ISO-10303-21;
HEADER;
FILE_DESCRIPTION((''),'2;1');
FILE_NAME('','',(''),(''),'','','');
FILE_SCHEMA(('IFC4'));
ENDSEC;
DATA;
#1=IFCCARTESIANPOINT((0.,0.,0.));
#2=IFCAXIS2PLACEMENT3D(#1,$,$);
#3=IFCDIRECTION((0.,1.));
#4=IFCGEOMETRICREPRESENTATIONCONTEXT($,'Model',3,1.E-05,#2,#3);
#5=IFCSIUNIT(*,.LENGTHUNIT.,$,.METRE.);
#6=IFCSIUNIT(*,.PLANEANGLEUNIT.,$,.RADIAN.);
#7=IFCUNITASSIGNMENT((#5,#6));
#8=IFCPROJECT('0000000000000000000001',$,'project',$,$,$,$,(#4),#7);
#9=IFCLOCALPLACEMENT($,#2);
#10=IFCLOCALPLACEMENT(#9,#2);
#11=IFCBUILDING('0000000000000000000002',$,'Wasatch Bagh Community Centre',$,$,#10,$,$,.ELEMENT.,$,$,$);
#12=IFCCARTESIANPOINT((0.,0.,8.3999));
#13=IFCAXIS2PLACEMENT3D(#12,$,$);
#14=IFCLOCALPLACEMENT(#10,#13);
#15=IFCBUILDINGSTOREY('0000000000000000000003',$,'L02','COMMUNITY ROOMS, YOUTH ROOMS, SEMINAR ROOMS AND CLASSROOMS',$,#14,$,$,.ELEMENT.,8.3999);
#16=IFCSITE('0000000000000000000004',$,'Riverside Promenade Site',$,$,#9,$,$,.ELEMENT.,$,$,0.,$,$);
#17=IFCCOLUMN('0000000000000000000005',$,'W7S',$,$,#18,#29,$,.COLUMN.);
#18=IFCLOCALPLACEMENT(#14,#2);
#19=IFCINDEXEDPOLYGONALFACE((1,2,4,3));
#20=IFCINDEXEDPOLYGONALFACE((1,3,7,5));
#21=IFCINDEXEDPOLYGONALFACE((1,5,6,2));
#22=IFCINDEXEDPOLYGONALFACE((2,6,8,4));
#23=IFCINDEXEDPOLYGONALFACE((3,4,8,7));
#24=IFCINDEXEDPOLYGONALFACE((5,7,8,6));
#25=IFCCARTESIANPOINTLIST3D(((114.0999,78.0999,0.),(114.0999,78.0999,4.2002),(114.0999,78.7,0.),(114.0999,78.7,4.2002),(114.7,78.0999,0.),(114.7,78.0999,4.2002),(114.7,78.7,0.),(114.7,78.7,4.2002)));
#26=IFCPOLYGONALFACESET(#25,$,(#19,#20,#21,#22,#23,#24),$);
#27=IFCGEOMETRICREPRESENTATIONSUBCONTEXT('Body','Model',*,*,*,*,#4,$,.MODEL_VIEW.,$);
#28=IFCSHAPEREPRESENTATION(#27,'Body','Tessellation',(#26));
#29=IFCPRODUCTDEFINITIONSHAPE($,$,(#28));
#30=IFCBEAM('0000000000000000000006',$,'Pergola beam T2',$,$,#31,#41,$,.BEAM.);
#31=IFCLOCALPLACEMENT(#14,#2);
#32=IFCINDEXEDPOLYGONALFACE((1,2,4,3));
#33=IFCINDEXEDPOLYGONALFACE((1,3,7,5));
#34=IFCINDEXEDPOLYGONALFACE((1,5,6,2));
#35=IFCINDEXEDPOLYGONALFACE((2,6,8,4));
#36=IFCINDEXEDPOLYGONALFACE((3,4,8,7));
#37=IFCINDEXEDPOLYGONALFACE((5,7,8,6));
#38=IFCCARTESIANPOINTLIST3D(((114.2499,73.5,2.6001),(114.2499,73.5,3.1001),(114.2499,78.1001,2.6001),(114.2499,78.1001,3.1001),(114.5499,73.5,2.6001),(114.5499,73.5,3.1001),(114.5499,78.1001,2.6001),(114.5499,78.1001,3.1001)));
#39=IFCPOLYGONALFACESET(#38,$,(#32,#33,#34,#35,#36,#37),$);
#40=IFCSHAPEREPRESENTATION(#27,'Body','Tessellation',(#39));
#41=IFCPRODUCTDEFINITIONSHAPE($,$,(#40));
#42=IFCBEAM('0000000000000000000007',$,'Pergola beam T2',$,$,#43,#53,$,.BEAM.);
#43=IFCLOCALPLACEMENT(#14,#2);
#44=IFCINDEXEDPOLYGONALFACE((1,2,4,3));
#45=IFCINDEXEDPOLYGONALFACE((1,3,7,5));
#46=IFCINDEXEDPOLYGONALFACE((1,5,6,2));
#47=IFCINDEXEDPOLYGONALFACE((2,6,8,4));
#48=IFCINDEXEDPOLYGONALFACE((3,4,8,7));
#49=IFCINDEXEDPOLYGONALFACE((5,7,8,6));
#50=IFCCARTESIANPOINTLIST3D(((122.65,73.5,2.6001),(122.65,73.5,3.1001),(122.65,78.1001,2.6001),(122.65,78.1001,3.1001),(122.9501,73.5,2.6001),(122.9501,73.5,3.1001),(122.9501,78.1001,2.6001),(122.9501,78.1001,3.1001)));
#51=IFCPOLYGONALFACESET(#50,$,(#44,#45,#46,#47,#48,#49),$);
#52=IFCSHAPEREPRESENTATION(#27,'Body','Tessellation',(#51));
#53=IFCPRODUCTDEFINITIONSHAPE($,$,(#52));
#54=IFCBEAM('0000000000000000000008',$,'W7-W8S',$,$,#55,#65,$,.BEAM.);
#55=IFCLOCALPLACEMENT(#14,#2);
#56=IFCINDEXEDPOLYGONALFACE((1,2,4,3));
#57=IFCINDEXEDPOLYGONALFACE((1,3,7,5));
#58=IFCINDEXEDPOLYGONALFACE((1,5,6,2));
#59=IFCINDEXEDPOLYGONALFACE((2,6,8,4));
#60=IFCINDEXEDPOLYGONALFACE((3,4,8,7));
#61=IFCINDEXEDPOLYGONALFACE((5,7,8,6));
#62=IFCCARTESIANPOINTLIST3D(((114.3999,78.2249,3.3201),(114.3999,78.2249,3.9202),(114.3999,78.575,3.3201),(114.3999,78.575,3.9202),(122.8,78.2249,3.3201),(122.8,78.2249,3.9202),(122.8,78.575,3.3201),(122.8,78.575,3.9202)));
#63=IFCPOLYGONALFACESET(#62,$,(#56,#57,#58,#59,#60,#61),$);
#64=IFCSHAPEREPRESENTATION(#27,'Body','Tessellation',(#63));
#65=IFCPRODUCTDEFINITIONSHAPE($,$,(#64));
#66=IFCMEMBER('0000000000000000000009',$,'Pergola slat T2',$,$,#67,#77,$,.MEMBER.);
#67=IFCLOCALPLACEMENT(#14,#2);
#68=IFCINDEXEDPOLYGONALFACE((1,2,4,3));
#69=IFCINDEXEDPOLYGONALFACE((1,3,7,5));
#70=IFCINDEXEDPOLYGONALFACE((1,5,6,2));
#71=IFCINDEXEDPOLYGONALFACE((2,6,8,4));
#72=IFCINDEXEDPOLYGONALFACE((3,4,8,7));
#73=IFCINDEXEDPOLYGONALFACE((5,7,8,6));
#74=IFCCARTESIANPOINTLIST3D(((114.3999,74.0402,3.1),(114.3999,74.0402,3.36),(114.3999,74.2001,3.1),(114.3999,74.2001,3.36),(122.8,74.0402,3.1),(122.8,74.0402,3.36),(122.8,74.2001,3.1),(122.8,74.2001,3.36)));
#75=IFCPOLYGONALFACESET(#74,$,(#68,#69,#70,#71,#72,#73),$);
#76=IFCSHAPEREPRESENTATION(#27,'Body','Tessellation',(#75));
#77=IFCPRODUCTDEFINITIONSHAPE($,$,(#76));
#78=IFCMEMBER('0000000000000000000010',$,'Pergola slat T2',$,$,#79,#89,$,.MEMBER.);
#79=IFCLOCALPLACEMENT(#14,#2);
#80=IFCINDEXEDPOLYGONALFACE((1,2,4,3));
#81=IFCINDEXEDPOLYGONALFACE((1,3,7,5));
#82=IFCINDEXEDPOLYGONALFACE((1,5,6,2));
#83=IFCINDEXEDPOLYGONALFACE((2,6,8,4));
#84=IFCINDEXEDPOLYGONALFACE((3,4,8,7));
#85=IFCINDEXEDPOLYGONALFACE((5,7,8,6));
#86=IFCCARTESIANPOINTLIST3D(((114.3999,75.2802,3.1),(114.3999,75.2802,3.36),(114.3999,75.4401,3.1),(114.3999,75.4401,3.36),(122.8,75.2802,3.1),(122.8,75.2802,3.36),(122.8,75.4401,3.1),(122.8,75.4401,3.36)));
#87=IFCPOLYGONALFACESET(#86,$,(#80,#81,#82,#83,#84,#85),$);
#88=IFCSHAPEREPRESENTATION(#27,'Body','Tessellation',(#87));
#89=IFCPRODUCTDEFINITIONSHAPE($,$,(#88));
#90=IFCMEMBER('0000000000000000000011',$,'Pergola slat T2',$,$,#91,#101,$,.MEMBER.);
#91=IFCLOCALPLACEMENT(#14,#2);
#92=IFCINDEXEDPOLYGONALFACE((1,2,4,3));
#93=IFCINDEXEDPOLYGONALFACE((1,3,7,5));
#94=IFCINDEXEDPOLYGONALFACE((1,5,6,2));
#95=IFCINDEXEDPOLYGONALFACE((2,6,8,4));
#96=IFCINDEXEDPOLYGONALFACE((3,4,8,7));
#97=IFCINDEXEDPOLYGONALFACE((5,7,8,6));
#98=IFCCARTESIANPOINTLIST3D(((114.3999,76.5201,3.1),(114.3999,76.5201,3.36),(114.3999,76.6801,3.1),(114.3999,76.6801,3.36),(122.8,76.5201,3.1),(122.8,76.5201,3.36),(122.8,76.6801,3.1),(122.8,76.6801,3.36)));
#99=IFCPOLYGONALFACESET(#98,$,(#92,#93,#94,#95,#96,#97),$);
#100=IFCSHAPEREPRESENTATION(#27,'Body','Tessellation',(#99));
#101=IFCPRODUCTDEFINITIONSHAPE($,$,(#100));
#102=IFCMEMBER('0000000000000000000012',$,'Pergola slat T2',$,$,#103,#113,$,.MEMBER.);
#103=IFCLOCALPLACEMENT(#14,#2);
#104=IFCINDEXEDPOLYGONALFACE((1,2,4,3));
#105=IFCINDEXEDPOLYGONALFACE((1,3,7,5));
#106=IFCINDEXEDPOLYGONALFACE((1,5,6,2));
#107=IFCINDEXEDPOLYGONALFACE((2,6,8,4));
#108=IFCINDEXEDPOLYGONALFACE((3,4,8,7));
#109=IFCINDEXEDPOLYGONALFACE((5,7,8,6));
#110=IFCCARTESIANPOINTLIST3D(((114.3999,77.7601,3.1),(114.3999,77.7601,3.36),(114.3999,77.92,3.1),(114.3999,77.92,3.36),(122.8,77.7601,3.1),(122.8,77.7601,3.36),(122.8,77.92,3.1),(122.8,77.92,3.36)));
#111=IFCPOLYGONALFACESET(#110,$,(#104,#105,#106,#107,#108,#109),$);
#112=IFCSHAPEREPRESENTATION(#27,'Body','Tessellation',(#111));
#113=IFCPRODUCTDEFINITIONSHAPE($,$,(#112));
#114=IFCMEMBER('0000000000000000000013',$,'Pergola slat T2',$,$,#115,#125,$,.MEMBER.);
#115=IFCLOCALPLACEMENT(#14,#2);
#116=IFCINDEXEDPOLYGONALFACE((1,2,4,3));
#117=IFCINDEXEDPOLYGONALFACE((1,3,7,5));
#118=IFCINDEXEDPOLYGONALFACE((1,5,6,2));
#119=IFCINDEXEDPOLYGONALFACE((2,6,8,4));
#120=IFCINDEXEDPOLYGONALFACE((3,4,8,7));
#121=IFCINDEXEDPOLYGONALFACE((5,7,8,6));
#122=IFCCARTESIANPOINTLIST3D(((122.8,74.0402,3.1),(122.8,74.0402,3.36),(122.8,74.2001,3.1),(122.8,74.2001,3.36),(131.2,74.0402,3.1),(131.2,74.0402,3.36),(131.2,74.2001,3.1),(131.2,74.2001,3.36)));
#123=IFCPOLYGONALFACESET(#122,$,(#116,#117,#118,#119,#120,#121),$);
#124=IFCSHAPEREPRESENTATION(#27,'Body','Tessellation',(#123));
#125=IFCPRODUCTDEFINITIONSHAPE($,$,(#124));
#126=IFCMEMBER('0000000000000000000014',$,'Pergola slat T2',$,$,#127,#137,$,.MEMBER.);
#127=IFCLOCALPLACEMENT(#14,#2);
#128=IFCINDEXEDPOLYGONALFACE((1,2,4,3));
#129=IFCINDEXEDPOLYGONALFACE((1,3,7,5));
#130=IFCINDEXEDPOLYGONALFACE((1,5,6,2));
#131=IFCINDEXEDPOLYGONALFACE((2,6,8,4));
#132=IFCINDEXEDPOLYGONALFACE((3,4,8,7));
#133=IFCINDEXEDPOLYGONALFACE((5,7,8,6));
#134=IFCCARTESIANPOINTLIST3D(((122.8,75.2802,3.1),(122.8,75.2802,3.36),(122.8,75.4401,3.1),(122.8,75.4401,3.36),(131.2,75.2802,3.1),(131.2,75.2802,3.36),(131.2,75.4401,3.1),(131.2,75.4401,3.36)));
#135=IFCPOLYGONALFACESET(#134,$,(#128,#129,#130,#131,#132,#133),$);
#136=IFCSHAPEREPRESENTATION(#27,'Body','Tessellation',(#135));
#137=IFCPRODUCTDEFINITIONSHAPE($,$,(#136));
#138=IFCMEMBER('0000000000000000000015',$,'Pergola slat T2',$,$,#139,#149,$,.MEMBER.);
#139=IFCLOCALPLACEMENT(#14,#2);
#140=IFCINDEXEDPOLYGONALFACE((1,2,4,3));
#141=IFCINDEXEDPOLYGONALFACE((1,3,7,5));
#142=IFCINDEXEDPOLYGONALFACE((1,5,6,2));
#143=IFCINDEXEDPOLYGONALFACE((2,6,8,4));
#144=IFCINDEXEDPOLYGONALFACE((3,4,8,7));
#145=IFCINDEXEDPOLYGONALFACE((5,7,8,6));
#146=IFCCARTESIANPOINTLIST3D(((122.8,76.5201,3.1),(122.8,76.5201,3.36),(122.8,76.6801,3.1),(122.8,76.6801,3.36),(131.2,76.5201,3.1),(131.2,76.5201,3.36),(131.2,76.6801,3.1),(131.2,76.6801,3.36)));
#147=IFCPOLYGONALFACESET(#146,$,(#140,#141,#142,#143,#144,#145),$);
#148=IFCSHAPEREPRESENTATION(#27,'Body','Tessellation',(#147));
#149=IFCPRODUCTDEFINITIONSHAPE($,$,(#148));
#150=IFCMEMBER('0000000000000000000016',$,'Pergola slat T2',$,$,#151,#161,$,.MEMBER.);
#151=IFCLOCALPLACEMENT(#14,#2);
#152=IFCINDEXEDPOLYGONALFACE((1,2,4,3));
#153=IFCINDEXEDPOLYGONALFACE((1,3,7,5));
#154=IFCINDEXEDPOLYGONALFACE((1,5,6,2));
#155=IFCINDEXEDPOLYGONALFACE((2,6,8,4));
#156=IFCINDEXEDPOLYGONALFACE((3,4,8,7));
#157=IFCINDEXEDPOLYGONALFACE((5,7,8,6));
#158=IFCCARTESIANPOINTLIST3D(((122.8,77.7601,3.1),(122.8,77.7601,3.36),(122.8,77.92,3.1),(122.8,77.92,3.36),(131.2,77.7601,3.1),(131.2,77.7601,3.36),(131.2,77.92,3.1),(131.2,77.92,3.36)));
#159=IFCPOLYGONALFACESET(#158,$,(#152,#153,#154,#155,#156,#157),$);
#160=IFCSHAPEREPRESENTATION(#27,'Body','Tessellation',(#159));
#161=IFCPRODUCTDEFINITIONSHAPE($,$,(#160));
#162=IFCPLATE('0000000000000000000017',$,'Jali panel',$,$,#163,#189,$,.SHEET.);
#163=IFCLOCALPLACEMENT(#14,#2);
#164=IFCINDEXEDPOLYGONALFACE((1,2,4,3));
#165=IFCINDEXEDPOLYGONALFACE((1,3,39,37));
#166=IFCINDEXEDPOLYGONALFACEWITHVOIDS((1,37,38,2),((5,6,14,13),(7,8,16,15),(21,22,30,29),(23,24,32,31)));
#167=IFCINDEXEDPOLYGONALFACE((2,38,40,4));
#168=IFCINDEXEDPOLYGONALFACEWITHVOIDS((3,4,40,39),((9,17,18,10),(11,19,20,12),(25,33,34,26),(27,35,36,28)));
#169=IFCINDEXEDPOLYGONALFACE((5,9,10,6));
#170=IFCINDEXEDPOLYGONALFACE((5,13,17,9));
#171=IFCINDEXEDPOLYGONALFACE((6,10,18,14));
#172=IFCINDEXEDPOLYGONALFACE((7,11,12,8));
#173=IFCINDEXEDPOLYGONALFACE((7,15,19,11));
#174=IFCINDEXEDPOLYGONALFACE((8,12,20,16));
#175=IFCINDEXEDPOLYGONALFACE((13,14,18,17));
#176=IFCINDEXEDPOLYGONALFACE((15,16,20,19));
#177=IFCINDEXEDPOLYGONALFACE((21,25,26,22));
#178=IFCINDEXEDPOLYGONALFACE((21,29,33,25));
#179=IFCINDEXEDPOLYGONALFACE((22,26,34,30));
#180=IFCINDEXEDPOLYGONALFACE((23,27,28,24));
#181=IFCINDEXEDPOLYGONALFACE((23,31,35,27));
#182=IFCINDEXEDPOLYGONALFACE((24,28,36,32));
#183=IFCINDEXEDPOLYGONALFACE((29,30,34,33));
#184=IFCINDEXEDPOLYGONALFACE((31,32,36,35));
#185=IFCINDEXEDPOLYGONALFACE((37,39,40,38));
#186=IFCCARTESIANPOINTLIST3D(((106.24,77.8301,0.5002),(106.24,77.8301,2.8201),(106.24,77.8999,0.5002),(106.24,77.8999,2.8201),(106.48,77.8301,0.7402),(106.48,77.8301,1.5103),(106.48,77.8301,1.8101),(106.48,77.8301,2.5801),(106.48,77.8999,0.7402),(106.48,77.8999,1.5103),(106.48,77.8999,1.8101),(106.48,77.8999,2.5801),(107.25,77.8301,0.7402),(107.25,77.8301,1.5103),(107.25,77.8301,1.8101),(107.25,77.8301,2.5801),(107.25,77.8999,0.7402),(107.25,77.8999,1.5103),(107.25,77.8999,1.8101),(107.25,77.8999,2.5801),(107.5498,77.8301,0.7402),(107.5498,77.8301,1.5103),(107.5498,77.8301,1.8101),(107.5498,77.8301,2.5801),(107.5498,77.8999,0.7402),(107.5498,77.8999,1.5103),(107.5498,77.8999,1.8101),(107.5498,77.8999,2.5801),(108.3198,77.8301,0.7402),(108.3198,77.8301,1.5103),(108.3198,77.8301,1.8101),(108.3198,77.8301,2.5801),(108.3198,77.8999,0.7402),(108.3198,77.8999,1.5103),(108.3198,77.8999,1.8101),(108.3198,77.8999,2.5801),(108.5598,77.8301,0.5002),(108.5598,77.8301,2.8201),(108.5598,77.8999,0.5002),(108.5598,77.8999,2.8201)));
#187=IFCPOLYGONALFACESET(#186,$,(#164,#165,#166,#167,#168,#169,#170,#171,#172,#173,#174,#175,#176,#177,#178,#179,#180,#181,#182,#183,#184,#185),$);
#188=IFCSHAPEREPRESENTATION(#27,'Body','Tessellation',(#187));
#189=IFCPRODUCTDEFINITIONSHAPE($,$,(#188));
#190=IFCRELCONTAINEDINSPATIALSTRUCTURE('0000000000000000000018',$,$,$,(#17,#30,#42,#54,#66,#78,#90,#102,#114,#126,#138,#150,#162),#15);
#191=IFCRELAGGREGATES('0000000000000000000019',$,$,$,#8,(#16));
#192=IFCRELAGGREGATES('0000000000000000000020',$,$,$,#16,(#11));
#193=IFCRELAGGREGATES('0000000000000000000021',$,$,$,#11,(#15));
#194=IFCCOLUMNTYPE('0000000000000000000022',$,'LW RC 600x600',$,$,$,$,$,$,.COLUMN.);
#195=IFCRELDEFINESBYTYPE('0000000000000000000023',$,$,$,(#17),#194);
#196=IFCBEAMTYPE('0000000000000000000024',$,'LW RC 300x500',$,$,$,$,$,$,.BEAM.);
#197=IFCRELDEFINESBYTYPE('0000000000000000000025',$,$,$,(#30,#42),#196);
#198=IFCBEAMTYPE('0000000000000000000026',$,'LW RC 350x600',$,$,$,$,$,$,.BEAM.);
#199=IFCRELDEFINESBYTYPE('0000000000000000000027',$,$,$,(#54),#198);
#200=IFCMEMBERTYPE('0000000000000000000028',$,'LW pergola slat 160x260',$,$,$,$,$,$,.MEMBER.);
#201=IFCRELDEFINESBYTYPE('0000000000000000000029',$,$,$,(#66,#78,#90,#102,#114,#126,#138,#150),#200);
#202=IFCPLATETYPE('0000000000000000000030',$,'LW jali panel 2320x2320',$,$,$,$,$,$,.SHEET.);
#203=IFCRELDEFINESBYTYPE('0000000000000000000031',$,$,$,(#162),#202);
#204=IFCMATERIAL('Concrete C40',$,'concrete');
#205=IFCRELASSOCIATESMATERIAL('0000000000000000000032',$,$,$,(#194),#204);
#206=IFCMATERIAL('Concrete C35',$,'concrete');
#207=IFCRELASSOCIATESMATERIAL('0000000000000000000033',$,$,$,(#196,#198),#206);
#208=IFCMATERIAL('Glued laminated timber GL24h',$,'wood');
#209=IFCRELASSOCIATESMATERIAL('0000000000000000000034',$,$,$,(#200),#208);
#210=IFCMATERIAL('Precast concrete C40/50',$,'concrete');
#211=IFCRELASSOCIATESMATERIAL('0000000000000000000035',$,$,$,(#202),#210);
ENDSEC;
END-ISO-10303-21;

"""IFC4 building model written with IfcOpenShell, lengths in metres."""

from ifc_helpers import new_model, si_unit, direction, frame, origin, origin_2d, place, context, subcontext, project, spatial, polyline, rectangle, outline, extrude, material, material_profile, profile_set, type_object, element, save


model = new_model("IFC4")

# Units and contexts
model_context = context("Model", 3, precision=1e-05, world=origin(), true_north=direction((0.0, 1.0)))
body_context = subcontext(model_context, "Body", "Model", "MODEL_VIEW")
ifc_project = project(units=[si_unit("LENGTHUNIT", "METRE"), si_unit("PLANEANGLEUNIT", "RADIAN")], contexts=[model_context])

# Site, building, storey
site_placement = place(None, origin())
site = spatial("IfcSite", under=ifc_project, at=site_placement, Name="Riverside Promenade Site", CompositionType="ELEMENT", RefElevation=0.0)
building_placement = place(site_placement, origin())
building = spatial("IfcBuilding", under=site, at=building_placement, Name="Wasatch Bagh Community Centre", CompositionType="ELEMENT")
storey_placement = place(building_placement, frame((0.0, 0.0, 8.3999)))
storey = spatial("IfcBuildingStorey", under=building, at=storey_placement, Name="L02", Description="COMMUNITY ROOMS, YOUTH ROOMS, SEMINAR ROOMS AND CLASSROOMS", CompositionType="ELEMENT", Elevation=8.3999)

# Column
ifc_material_1 = material(Name="Concrete C40", Category="concrete")
ifc_material_profile_1 = material_profile(ifc_material_1, rectangle(XDim=0.6001, YDim=0.6001, at=origin_2d()), Name="RC 600x600")
ifc_profile_set_1 = profile_set([ifc_material_profile_1], Name="Concrete C40")
column_type = type_object("IfcColumnType", Name="LW RC 600x600", PredefinedType="COLUMN", material=ifc_profile_set_1)
column_placement = place(storey_placement, frame((114.3999, 78.3999, 0.0), z_axis=(0.0, 0.0, 1.0), x_axis=(1.0, 0.0, 0.0)))
element("IfcColumn", 1, at=column_placement, inside=storey, type_object=column_type, Name="W7S", PredefinedType="COLUMN", context=body_context, shape_type="SweptSolid", body=[
    extrude(rectangle(XDim=0.6001, YDim=0.6001, at=origin_2d()), origin(), (0.0, 0.0, 1.0), 4.2002),
])

# Beams
ifc_material_2 = material(Name="Concrete C35", Category="concrete")
ifc_material_profile_2 = material_profile(ifc_material_2, rectangle(XDim=0.3, YDim=0.5, at=origin_2d()), Name="RC 300x500")
ifc_profile_set_2 = profile_set([ifc_material_profile_2], Name="Concrete C35")
beam_type_1 = type_object("IfcBeamType", Name="LW RC 300x500", PredefinedType="BEAM", material=ifc_profile_set_2)
for number, where, z_axis, x_axis, name in (
    (2, (114.3999, 78.1001, 2.8501), (0.0, -1.0, 0.0), (1.0, 0.0, 0.0), "Pergola beam T2"),
    (3, (122.8, 78.1001, 2.8501), (0.0, -1.0, 0.0), (1.0, 0.0, 0.0), "Pergola beam T2"),
):
    element("IfcBeam", number, at=place(storey_placement, frame(where, z_axis=z_axis, x_axis=x_axis)), inside=storey, type_object=beam_type_1, Name=name, PredefinedType="BEAM", context=body_context, shape_type="SweptSolid", body=[
        extrude(rectangle(XDim=0.3, YDim=0.5, at=origin_2d()), origin(), (0.0, 0.0, 1.0), 4.6001),
    ])
ifc_material_profile_3 = material_profile(ifc_material_2, rectangle(XDim=0.3501, YDim=0.6001, at=origin_2d()), Name="RC 350x600")
ifc_profile_set_3 = profile_set([ifc_material_profile_3], Name="Concrete C35")
beam_type_2 = type_object("IfcBeamType", Name="LW RC 350x600", PredefinedType="BEAM", material=ifc_profile_set_3)
beam_placement = place(storey_placement, frame((114.3999, 78.3999, 3.6201), z_axis=(1.0, 0.0, 0.0), x_axis=(0.0, 1.0, 0.0)))
element("IfcBeam", 4, at=beam_placement, inside=storey, type_object=beam_type_2, Name="W7-W8S", PredefinedType="BEAM", context=body_context, shape_type="SweptSolid", body=[
    extrude(rectangle(XDim=0.3501, YDim=0.6001, at=origin_2d()), origin(), (0.0, 0.0, 1.0), 8.4001),
])

# Members
ifc_material_3 = material(Name="Glued laminated timber GL24h", Category="wood")
ifc_material_profile_4 = material_profile(ifc_material_3, rectangle(XDim=0.1599, YDim=0.26, at=origin_2d()), Name="GL 160x260")
ifc_profile_set_4 = profile_set([ifc_material_profile_4], Name="Glued laminated timber GL24h")
member_type = type_object("IfcMemberType", Name="LW pergola slat 160x260", PredefinedType="MEMBER", material=ifc_profile_set_4)
for number, where, z_axis, x_axis, name in (
    (5, (114.3999, 74.1201, 3.23), (1.0, 0.0, 0.0), (0.0, 1.0, 0.0), "Pergola slat T2"),
    (6, (114.3999, 75.3601, 3.23), (1.0, 0.0, 0.0), (0.0, 1.0, 0.0), "Pergola slat T2"),
    (7, (114.3999, 76.6001, 3.23), (1.0, 0.0, 0.0), (0.0, 1.0, 0.0), "Pergola slat T2"),
    (8, (114.3999, 77.8401, 3.23), (1.0, 0.0, 0.0), (0.0, 1.0, 0.0), "Pergola slat T2"),
):
    element("IfcMember", number, at=place(storey_placement, frame(where, z_axis=z_axis, x_axis=x_axis)), inside=storey, type_object=member_type, Name=name, PredefinedType="MEMBER", context=body_context, shape_type="SweptSolid", body=[
        extrude(rectangle(XDim=0.1599, YDim=0.26, at=origin_2d()), origin(), (0.0, 0.0, 1.0), 8.4001),
    ])
for number, where, z_axis, x_axis, name in (
    (9, (122.8, 74.1201, 3.23), (1.0, 0.0, 0.0), (0.0, 1.0, 0.0), "Pergola slat T2"),
    (10, (122.8, 75.3601, 3.23), (1.0, 0.0, 0.0), (0.0, 1.0, 0.0), "Pergola slat T2"),
    (11, (122.8, 76.6001, 3.23), (1.0, 0.0, 0.0), (0.0, 1.0, 0.0), "Pergola slat T2"),
    (12, (122.8, 77.8401, 3.23), (1.0, 0.0, 0.0), (0.0, 1.0, 0.0), "Pergola slat T2"),
):
    element("IfcMember", number, at=place(storey_placement, frame(where, z_axis=z_axis, x_axis=x_axis)), inside=storey, type_object=member_type, Name=name, PredefinedType="MEMBER", context=body_context, shape_type="SweptSolid", body=[
        extrude(rectangle(XDim=0.1599, YDim=0.26, at=origin_2d()), origin(), (0.0, 0.0, 1.0), 8.3999),
    ])

# Plate
ifc_material_4 = material(Name="Precast concrete C40/50", Category="concrete")
ifc_material_profile_5 = material_profile(ifc_material_4, outline(polyline([(-1.1599, -1.1599), (1.1599, -1.1599), (1.1599, 1.1599), (-1.1599, 1.1599), (-1.1599, -1.1599)]), holes=[polyline([(-0.9199, -0.9199), (-0.1499, -0.9199), (-0.1499, -0.1499), (-0.9199, -0.1499), (-0.9199, -0.9199)]), polyline([(-0.9199, 0.1499), (-0.1499, 0.1499), (-0.1499, 0.9199), (-0.9199, 0.9199), (-0.9199, 0.1499)]), polyline([(0.1499, -0.9199), (0.9199, -0.9199), (0.9199, -0.1499), (0.1499, -0.1499), (0.1499, -0.9199)]), polyline([(0.1499, 0.1499), (0.9199, 0.1499), (0.9199, 0.9199), (0.1499, 0.9199), (0.1499, 0.1499)])]), Name="Jali lattice")
ifc_profile_set_5 = profile_set([ifc_material_profile_5], Name="Precast concrete C40/50")
plate_type = type_object("IfcPlateType", Name="LW jali panel 2320x2320", PredefinedType="SHEET", material=ifc_profile_set_5)
for number, where, z_axis, x_axis, name in (
    (13, (107.3999, 77.8999, 1.6602), (0.0, -1.0, 0.0), (1.0, 0.0, 0.0), "Jali panel"),
):
    element("IfcPlate", number, at=place(storey_placement, frame(where, z_axis=z_axis, x_axis=x_axis)), inside=storey, type_object=plate_type, Name=name, PredefinedType="SHEET", context=body_context, shape_type="SweptSolid", body=[
        extrude(outline(polyline([(-1.1599, -1.1599), (1.1599, -1.1599), (1.1599, 1.1599), (-1.1599, 1.1599), (-1.1599, -1.1599)]), holes=[polyline([(-0.9199, -0.9199), (-0.1499, -0.9199), (-0.1499, -0.1499), (-0.9199, -0.1499), (-0.9199, -0.9199)]), polyline([(-0.9199, 0.1499), (-0.1499, 0.1499), (-0.1499, 0.9199), (-0.9199, 0.9199), (-0.9199, 0.1499)]), polyline([(0.1499, -0.9199), (0.9199, -0.9199), (0.9199, -0.1499), (0.1499, -0.1499), (0.1499, -0.9199)]), polyline([(0.1499, 0.1499), (0.9199, 0.1499), (0.9199, 0.9199), (0.1499, 0.9199), (0.1499, 0.1499)])]), origin(), (0.0, 0.0, 1.0), 0.0698),
    ])

save(model, "model.ifc")
